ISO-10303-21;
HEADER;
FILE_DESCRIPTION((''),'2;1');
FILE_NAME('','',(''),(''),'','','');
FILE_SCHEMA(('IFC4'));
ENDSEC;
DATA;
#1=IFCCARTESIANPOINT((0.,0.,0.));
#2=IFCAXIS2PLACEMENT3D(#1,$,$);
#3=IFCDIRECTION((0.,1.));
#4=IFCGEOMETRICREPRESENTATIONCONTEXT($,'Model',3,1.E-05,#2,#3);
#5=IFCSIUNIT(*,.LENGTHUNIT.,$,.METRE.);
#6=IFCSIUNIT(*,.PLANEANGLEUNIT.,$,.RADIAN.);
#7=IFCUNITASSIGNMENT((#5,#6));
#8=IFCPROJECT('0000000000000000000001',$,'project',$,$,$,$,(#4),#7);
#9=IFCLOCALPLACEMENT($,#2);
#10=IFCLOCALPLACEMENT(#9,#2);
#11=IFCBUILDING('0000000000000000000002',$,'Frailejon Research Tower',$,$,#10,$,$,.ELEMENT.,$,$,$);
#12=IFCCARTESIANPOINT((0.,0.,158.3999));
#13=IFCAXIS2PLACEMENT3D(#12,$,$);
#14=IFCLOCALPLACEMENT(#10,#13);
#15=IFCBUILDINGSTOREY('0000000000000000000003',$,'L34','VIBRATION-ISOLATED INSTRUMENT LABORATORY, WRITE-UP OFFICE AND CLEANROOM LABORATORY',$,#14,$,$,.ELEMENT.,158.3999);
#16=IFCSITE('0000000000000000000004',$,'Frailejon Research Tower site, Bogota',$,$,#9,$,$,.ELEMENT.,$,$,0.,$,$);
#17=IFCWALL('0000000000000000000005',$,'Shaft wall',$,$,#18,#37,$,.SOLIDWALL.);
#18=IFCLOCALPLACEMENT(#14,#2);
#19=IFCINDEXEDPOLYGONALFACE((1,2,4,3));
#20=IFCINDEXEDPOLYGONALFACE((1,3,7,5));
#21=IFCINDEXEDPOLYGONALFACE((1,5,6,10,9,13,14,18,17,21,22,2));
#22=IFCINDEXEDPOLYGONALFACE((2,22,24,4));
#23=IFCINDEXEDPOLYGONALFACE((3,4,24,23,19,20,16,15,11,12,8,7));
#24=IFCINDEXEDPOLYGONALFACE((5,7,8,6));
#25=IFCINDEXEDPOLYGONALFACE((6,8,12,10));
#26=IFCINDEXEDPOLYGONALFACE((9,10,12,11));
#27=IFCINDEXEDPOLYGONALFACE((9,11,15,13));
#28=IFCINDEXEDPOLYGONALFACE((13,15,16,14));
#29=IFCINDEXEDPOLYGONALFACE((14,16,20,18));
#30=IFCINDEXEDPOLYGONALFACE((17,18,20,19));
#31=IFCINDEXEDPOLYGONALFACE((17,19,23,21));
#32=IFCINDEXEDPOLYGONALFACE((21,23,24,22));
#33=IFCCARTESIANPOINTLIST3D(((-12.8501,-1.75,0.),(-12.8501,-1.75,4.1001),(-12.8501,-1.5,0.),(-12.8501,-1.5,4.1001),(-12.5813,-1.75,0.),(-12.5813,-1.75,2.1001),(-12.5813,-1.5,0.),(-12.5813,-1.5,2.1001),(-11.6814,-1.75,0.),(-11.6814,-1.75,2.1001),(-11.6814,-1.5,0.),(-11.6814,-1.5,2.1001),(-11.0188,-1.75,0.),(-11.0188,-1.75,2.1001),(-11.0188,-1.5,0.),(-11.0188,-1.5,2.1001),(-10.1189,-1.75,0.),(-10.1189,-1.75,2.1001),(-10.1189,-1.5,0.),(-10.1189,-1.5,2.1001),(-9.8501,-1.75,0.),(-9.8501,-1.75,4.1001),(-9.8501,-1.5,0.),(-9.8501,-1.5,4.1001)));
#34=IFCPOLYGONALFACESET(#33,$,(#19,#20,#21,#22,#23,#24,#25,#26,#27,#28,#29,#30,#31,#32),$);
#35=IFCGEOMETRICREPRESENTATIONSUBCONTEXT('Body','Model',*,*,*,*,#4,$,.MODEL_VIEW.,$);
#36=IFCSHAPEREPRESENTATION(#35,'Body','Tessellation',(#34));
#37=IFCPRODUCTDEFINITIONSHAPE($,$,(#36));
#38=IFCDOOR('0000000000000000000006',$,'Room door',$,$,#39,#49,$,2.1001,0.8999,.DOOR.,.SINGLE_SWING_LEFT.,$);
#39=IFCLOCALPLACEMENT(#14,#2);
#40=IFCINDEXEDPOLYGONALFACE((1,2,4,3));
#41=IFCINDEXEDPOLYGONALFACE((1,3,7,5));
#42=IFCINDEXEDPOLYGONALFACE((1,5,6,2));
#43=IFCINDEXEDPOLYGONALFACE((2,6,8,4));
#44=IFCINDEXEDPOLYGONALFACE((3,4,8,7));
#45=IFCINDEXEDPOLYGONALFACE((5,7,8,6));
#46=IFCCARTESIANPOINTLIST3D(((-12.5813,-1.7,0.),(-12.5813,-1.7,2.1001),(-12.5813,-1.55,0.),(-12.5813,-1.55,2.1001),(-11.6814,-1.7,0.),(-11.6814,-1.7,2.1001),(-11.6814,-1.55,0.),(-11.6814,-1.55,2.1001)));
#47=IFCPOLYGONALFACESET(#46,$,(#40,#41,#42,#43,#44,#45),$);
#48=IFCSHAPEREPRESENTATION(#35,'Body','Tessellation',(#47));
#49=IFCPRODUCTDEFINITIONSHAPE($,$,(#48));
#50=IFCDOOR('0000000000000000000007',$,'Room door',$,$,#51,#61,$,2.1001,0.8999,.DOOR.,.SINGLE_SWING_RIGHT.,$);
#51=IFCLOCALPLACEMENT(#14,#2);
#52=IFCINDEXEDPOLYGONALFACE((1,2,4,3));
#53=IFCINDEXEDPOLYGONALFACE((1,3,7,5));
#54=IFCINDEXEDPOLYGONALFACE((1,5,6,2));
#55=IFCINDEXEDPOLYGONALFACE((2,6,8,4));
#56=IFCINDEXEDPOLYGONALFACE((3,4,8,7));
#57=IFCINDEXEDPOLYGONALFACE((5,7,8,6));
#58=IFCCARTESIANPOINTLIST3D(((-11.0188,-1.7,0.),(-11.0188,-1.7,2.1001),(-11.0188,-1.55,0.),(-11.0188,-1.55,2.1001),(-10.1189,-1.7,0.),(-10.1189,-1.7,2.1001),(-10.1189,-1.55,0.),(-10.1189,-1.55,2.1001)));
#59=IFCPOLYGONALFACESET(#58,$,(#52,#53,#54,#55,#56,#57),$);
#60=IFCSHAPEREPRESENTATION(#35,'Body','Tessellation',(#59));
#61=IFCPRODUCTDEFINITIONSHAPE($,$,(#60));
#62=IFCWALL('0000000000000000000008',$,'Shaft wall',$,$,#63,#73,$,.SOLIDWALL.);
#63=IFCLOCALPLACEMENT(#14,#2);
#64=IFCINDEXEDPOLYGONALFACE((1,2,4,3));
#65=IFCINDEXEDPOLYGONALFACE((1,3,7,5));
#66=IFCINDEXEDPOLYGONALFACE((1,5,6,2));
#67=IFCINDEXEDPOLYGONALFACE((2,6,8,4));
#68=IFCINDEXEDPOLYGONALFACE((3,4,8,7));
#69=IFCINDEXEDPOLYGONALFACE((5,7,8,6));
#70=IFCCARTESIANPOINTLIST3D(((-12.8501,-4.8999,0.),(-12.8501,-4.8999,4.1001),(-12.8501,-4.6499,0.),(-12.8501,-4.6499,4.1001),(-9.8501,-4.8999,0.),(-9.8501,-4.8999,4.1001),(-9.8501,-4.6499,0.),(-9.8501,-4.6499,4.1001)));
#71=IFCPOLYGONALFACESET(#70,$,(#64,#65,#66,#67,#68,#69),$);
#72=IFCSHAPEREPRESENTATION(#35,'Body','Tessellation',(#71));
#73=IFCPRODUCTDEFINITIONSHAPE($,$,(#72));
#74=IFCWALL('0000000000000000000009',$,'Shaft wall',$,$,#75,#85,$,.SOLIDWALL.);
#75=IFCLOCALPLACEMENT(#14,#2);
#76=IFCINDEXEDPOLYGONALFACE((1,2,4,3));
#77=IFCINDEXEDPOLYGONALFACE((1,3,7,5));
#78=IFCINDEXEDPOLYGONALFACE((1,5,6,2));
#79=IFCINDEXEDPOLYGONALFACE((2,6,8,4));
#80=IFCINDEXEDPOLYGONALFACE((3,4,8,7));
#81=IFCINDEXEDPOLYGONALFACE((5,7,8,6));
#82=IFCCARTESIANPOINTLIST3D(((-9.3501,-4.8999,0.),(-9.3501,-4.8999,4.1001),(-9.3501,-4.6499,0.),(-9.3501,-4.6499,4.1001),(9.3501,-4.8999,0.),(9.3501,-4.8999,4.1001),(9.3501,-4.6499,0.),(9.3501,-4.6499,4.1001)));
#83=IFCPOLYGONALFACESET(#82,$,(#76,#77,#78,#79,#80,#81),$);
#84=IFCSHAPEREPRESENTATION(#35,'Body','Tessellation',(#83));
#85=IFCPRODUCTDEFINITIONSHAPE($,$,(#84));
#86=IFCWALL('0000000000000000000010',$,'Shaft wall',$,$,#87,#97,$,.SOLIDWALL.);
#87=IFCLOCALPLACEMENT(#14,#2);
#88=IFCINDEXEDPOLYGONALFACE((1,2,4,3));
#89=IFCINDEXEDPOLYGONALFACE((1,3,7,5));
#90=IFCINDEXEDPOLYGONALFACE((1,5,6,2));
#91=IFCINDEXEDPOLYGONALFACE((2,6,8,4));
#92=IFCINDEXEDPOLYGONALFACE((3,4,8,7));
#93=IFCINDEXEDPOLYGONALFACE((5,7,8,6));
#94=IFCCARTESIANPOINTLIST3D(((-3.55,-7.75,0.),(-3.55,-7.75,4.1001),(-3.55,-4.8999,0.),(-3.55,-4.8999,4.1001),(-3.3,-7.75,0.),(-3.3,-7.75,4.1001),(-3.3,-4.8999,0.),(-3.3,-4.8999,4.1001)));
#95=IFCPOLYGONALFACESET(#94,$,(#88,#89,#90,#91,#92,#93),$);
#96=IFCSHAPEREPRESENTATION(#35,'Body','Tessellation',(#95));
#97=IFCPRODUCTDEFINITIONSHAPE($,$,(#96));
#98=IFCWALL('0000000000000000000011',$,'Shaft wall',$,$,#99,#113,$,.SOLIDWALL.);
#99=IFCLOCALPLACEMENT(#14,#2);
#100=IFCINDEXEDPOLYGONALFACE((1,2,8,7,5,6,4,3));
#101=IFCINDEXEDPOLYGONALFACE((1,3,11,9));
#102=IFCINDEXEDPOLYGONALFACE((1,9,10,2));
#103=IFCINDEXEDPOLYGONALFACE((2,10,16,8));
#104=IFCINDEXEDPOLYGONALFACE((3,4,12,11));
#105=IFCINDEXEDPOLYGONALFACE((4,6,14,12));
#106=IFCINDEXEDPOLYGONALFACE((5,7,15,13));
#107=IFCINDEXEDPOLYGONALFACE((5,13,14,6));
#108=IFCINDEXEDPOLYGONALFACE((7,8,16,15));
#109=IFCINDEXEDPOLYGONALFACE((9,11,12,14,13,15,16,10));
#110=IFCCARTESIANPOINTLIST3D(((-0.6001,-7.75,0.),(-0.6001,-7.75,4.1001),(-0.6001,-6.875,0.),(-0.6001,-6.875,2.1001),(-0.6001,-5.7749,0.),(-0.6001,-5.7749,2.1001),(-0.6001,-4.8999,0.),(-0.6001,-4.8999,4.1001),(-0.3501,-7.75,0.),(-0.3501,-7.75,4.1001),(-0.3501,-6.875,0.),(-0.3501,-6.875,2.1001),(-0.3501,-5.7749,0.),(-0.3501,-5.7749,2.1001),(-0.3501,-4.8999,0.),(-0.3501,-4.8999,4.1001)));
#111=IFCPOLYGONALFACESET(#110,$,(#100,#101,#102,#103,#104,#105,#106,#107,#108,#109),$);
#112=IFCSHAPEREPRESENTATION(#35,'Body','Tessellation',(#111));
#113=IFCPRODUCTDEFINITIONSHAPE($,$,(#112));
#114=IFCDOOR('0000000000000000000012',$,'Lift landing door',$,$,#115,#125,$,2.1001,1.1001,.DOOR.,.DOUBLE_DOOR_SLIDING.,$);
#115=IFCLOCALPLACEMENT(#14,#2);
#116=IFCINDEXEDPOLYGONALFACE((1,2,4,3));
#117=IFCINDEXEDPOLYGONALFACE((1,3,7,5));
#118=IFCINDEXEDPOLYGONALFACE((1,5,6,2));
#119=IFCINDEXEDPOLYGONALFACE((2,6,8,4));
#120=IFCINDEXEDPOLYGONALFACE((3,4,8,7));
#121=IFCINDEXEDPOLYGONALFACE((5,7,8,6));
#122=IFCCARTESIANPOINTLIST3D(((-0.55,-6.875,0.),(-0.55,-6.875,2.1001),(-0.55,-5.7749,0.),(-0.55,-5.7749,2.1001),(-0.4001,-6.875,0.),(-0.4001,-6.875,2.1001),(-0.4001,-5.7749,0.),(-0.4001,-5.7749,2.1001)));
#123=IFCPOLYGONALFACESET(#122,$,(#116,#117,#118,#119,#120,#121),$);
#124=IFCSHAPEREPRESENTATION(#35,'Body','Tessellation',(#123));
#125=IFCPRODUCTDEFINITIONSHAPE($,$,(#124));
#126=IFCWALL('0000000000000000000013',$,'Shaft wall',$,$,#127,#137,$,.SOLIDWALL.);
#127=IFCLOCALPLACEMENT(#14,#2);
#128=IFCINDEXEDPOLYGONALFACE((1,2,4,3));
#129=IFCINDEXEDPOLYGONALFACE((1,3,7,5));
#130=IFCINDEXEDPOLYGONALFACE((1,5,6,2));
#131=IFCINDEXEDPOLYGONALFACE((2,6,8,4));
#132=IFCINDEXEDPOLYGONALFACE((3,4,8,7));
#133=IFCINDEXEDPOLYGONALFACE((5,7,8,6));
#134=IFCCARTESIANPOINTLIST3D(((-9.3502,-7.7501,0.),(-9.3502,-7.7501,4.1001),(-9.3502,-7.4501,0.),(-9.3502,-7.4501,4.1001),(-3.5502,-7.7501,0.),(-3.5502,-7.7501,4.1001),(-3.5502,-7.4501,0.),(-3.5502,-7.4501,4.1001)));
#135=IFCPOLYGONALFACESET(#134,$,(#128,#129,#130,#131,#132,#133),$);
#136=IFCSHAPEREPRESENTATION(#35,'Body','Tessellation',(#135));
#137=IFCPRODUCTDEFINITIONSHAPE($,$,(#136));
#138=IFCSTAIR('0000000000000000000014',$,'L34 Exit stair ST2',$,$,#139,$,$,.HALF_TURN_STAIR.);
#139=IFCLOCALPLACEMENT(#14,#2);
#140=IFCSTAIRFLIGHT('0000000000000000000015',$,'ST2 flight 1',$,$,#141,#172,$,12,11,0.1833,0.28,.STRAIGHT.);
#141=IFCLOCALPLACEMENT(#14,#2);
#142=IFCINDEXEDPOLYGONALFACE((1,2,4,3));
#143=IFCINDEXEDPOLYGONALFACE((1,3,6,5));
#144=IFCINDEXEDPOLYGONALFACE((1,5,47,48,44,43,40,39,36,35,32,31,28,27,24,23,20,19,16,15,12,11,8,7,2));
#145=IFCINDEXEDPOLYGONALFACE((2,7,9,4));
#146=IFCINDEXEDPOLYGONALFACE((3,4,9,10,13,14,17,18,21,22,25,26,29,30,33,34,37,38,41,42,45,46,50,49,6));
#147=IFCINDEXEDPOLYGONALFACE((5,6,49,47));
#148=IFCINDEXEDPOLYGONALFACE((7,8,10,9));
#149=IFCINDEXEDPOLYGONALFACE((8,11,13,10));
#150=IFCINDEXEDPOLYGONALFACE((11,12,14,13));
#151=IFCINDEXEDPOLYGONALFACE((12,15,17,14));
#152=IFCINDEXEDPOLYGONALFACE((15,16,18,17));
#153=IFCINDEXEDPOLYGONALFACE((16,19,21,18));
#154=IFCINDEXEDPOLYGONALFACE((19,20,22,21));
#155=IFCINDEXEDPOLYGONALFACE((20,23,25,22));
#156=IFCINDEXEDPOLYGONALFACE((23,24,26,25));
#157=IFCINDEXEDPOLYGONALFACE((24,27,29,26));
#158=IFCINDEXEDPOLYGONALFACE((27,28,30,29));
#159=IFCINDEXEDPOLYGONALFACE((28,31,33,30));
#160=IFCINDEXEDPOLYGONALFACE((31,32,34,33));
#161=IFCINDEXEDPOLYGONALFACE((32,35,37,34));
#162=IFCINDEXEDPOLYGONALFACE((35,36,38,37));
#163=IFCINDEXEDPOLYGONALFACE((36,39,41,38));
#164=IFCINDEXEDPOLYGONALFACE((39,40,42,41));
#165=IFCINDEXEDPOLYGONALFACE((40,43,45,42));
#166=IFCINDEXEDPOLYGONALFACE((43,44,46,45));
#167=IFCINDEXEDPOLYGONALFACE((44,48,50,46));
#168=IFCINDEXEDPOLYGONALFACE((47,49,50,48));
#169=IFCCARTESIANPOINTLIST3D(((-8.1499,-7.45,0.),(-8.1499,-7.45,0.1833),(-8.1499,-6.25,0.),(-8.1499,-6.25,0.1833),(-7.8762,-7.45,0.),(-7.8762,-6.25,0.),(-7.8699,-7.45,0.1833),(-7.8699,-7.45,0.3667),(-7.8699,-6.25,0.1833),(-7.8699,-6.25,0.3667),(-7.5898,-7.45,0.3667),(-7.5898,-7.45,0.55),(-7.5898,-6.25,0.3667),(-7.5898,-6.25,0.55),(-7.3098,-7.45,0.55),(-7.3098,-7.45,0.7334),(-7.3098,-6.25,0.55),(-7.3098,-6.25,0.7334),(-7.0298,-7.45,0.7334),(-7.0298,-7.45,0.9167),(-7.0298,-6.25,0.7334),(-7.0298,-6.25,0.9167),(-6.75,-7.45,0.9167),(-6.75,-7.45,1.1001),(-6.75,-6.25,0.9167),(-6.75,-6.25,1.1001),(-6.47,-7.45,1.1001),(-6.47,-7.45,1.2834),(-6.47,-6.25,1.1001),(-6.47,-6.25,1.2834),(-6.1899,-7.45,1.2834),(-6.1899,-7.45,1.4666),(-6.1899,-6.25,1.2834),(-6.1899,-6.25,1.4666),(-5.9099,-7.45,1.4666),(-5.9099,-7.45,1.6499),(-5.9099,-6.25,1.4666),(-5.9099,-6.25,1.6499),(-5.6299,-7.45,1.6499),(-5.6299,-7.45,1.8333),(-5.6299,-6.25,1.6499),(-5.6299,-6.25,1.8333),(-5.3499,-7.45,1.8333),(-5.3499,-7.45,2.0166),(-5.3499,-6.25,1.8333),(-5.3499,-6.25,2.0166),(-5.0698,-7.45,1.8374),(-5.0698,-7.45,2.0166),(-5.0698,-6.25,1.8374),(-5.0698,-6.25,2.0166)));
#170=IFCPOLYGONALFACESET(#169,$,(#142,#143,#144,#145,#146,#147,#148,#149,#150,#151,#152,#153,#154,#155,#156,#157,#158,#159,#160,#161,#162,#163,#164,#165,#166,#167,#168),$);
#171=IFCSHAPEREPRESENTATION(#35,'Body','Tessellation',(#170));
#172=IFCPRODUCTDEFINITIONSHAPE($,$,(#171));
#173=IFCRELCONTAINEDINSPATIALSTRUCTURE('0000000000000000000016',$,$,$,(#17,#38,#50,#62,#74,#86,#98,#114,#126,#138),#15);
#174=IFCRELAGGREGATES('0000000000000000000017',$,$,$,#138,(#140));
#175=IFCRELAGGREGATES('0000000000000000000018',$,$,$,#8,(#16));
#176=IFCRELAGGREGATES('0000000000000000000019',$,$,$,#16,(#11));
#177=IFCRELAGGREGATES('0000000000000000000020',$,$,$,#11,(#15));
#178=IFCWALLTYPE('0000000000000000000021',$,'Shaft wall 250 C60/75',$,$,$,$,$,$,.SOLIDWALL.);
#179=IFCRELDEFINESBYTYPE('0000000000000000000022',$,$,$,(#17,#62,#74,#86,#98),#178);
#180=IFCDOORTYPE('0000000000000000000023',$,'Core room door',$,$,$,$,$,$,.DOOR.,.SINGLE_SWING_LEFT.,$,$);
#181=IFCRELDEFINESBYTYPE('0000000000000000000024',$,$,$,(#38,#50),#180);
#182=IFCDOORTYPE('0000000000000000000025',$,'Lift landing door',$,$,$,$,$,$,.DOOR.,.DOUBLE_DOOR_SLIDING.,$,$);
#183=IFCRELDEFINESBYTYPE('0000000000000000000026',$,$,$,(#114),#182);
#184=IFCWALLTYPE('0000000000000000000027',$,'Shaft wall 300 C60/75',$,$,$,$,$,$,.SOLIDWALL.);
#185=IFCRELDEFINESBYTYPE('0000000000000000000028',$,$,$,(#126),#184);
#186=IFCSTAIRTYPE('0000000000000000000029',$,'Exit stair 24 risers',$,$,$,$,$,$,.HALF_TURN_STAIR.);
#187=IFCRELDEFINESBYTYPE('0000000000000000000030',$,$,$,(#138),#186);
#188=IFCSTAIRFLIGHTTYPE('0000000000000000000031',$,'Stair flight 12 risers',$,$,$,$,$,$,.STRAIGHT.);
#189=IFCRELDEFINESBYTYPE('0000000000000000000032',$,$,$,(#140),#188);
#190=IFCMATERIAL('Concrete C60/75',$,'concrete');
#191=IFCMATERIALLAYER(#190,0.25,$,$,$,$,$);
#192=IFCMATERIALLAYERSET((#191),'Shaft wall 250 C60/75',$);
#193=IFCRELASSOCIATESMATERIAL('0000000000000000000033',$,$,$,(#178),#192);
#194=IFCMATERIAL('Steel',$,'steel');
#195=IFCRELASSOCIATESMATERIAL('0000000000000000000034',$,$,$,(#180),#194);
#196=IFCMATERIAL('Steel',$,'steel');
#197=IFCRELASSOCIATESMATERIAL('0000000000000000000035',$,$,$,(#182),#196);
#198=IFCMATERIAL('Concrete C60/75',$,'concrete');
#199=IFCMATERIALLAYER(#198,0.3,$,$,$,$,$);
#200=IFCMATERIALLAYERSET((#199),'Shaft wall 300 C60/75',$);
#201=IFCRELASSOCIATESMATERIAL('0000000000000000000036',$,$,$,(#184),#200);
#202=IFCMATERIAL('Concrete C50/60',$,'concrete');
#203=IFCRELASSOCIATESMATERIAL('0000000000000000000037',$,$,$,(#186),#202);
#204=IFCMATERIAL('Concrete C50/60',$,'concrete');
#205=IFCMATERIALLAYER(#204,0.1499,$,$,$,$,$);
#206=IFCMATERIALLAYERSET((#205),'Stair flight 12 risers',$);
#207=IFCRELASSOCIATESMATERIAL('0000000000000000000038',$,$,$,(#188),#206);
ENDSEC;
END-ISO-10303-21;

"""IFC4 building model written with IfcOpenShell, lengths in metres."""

from ifc_helpers import new_model, si_unit, direction, frame, frame_2d, origin, place, context, subcontext, project, spatial, polyline, rectangle, outline, extrude, material, layer, layer_set, type_object, element, fill, aggregate, save


model = new_model("IFC4")

# Units and contexts
model_context = context("Model", 3, precision=1e-05, world=origin(), true_north=direction((0.0, 1.0)))
body_context = subcontext(model_context, "Body", "Model", "MODEL_VIEW")
ifc_project = project(units=[si_unit("LENGTHUNIT", "METRE"), si_unit("PLANEANGLEUNIT", "RADIAN")], contexts=[model_context])

# Site, building, storey
site_placement = place(None, origin())
site = spatial("IfcSite", under=ifc_project, at=site_placement, Name="Frailejon Research Tower site, Bogota", CompositionType="ELEMENT", RefElevation=0.0)
building_placement = place(site_placement, origin())
building = spatial("IfcBuilding", under=site, at=building_placement, Name="Frailejon Research Tower", CompositionType="ELEMENT")
storey_placement = place(building_placement, frame((0.0, 0.0, 158.3999)))
storey = spatial("IfcBuildingStorey", under=building, at=storey_placement, Name="L34", Description="VIBRATION-ISOLATED INSTRUMENT LABORATORY, WRITE-UP OFFICE AND CLEANROOM LABORATORY", CompositionType="ELEMENT", Elevation=158.3999)

# Wall, openings, doors
ifc_material_1 = material(Name="Concrete C60/75", Category="concrete")
ifc_layer_1 = layer(ifc_material_1, 0.25)
ifc_layer_set_1 = layer_set([ifc_layer_1], Name="Shaft wall 250 C60/75")
wall_type_1 = type_object("IfcWallType", Name="Shaft wall 250 C60/75", PredefinedType="SOLIDWALL", material=ifc_layer_set_1)
wall_1_placement = place(storey_placement, frame((-12.8501, -1.625, 0.0), z_axis=(0.0, 0.0, 1.0), x_axis=(1.0, 0.0, 0.0)))
wall_1 = element("IfcWall", 1, at=wall_1_placement, inside=storey, type_object=wall_type_1, Name="Shaft wall", PredefinedType="SOLIDWALL", context=body_context, shape_type="SweptSolid", body=[
    extrude(rectangle(XDim=3.0, YDim=0.25, at=frame_2d((1.5, 0.0))), origin(), (0.0, 0.0, 1.0), 4.1001),
])
opening_1_placement = place(wall_1_placement, frame((0.2688, 0.0, 0.0)))
opening_1 = element("IfcOpeningElement", 2, at=opening_1_placement, cuts=wall_1, PredefinedType="OPENING", context=body_context, shape_type="SweptSolid", body=[
    extrude(rectangle(XDim=0.8999, YDim=2.1001, at=frame_2d((0.45, 1.05))), frame((0.0, 0.135, 0.0), z_axis=(0.0, -1.0, 0.0), x_axis=(1.0, 0.0, 0.0)), (0.0, 0.0, 1.0), 0.27),
])
opening_2_placement = place(wall_1_placement, frame((1.8313, 0.0, 0.0)))
opening_2 = element("IfcOpeningElement", 3, at=opening_2_placement, cuts=wall_1, PredefinedType="OPENING", context=body_context, shape_type="SweptSolid", body=[
    extrude(rectangle(XDim=0.8999, YDim=2.1001, at=frame_2d((0.45, 1.05))), frame((0.0, 0.135, 0.0), z_axis=(0.0, -1.0, 0.0), x_axis=(1.0, 0.0, 0.0)), (0.0, 0.0, 1.0), 0.27),
])
ifc_material_2 = material(Name="Steel", Category="steel")
door_type_1 = type_object("IfcDoorType", Name="Core room door", OperationType="SINGLE_SWING_LEFT", PredefinedType="DOOR", material=ifc_material_2)
door_1_placement = place(opening_1_placement, origin())
door_1 = element("IfcDoor", 4, at=door_1_placement, inside=storey, type_object=door_type_1, Name="Room door", OperationType="SINGLE_SWING_LEFT", OverallHeight=2.1001, OverallWidth=0.8999, PredefinedType="DOOR", context=body_context, shape_type="SweptSolid", body=[
    extrude(rectangle(XDim=0.8999, YDim=2.1001, at=frame_2d((0.45, 1.05))), frame((0.0, 0.075, 0.0), z_axis=(0.0, -1.0, 0.0), x_axis=(1.0, 0.0, 0.0)), (0.0, 0.0, 1.0), 0.1499),
])
fill(opening_1, door_1)
door_2_placement = place(opening_2_placement, origin())
door_2 = element("IfcDoor", 5, at=door_2_placement, inside=storey, type_object=door_type_1, Name="Room door", OperationType="SINGLE_SWING_RIGHT", OverallHeight=2.1001, OverallWidth=0.8999, PredefinedType="DOOR", context=body_context, shape_type="SweptSolid", body=[
    extrude(rectangle(XDim=0.8999, YDim=2.1001, at=frame_2d((0.45, 1.05))), frame((0.0, 0.075, 0.0), z_axis=(0.0, -1.0, 0.0), x_axis=(1.0, 0.0, 0.0)), (0.0, 0.0, 1.0), 0.1499),
])
fill(opening_2, door_2)

# Walls
wall_2_placement = place(storey_placement, frame((-12.8501, -4.7749, 0.0), z_axis=(0.0, 0.0, 1.0), x_axis=(1.0, 0.0, 0.0)))
element("IfcWall", 6, at=wall_2_placement, inside=storey, type_object=wall_type_1, Name="Shaft wall", PredefinedType="SOLIDWALL", context=body_context, shape_type="SweptSolid", body=[
    extrude(rectangle(XDim=3.0, YDim=0.25, at=frame_2d((1.5, 0.0))), origin(), (0.0, 0.0, 1.0), 4.1001),
])
wall_3_placement = place(storey_placement, frame((-9.3501, -4.7749, 0.0), z_axis=(0.0, 0.0, 1.0), x_axis=(1.0, 0.0, 0.0)))
element("IfcWall", 7, at=wall_3_placement, inside=storey, type_object=wall_type_1, Name="Shaft wall", PredefinedType="SOLIDWALL", context=body_context, shape_type="SweptSolid", body=[
    extrude(rectangle(XDim=18.7002, YDim=0.25, at=frame_2d((9.3501, 0.0))), origin(), (0.0, 0.0, 1.0), 4.1001),
])
wall_4_placement = place(storey_placement, frame((-3.425, -7.75, 0.0), z_axis=(0.0, 0.0, 1.0), x_axis=(0.0, 1.0, 0.0)))
element("IfcWall", 8, at=wall_4_placement, inside=storey, type_object=wall_type_1, Name="Shaft wall", PredefinedType="SOLIDWALL", context=body_context, shape_type="SweptSolid", body=[
    extrude(rectangle(XDim=2.8501, YDim=0.25, at=frame_2d((1.425, 0.0))), origin(), (0.0, 0.0, 1.0), 4.1001),
])

# Wall, opening, door
wall_5_placement = place(storey_placement, frame((-0.4751, -7.75, 0.0), z_axis=(0.0, 0.0, 1.0), x_axis=(0.0, 1.0, 0.0)))
wall_5 = element("IfcWall", 9, at=wall_5_placement, inside=storey, type_object=wall_type_1, Name="Shaft wall", PredefinedType="SOLIDWALL", context=body_context, shape_type="SweptSolid", body=[
    extrude(rectangle(XDim=2.8501, YDim=0.25, at=frame_2d((1.425, 0.0))), origin(), (0.0, 0.0, 1.0), 4.1001),
])
opening_3_placement = place(wall_5_placement, frame((0.875, 0.0, 0.0)))
opening_3 = element("IfcOpeningElement", 10, at=opening_3_placement, cuts=wall_5, PredefinedType="OPENING", context=body_context, shape_type="SweptSolid", body=[
    extrude(rectangle(XDim=1.1001, YDim=2.1001, at=frame_2d((0.55, 1.05))), frame((0.0, 0.135, 0.0), z_axis=(0.0, -1.0, 0.0), x_axis=(1.0, 0.0, 0.0)), (0.0, 0.0, 1.0), 0.27),
])
ifc_material_3 = material(Name="Steel", Category="steel")
door_type_2 = type_object("IfcDoorType", Name="Lift landing door", OperationType="DOUBLE_DOOR_SLIDING", PredefinedType="DOOR", material=ifc_material_3)
door_3_placement = place(opening_3_placement, origin())
door_3 = element("IfcDoor", 11, at=door_3_placement, inside=storey, type_object=door_type_2, Name="Lift landing door", OperationType="DOUBLE_DOOR_SLIDING", OverallHeight=2.1001, OverallWidth=1.1001, PredefinedType="DOOR", context=body_context, shape_type="SweptSolid", body=[
    extrude(rectangle(XDim=1.1001, YDim=2.1001, at=frame_2d((0.55, 1.05))), frame((0.0, 0.075, 0.0), z_axis=(0.0, -1.0, 0.0), x_axis=(1.0, 0.0, 0.0)), (0.0, 0.0, 1.0), 0.1499),
])
fill(opening_3, door_3)

# Wall
ifc_material_4 = material(Name="Concrete C60/75", Category="concrete")
ifc_layer_2 = layer(ifc_material_4, 0.3)
ifc_layer_set_2 = layer_set([ifc_layer_2], Name="Shaft wall 300 C60/75")
wall_type_2 = type_object("IfcWallType", Name="Shaft wall 300 C60/75", PredefinedType="SOLIDWALL", material=ifc_layer_set_2)
wall_6_placement = place(storey_placement, frame((-9.3501, -7.6001, 0.0), z_axis=(0.0, 0.0, 1.0), x_axis=(1.0, 0.0, 0.0)))
element("IfcWall", 12, at=wall_6_placement, inside=storey, type_object=wall_type_2, Name="Shaft wall", PredefinedType="SOLIDWALL", context=body_context, shape_type="SweptSolid", body=[
    extrude(rectangle(XDim=5.8, YDim=0.3, at=frame_2d((2.8999, 0.0))), origin(), (0.0, 0.0, 1.0), 4.1001),
])

# Stair, stair flight
ifc_material_5 = material(Name="Concrete C50/60", Category="concrete")
stair_type = type_object("IfcStairType", Name="Exit stair 24 risers", PredefinedType="HALF_TURN_STAIR", material=ifc_material_5)
stair_placement = place(storey_placement, origin())
stair = element("IfcStair", 13, at=stair_placement, inside=storey, type_object=stair_type, Name="L34 Exit stair ST2", PredefinedType="HALF_TURN_STAIR")
ifc_material_6 = material(Name="Concrete C50/60", Category="concrete")
ifc_layer_3 = layer(ifc_material_6, 0.1499)
ifc_layer_set_3 = layer_set([ifc_layer_3], Name="Stair flight 12 risers")
stair_flight_type = type_object("IfcStairFlightType", Name="Stair flight 12 risers", PredefinedType="STRAIGHT", material=ifc_layer_set_3)
stair_flight_1_placement = place(storey_placement, frame((-8.1499, -6.8501, 0.0), z_axis=(0.0, 0.0, 1.0), x_axis=(1.0, 0.0, 0.0)))
stair_flight_1 = element("IfcStairFlight", 14, at=stair_flight_1_placement, type_object=stair_flight_type, Name="ST2 flight 1", NumberOfRisers=12, NumberOfTreads=11, PredefinedType="STRAIGHT", RiserHeight=0.1833, TreadLength=0.28, context=body_context, shape_type="SweptSolid", body=[
    extrude(outline(polyline([(0.0, 0.0), (0.0, 0.1833), (0.28, 0.1833), (0.28, 0.3667), (0.5601, 0.3667), (0.5601, 0.55), (0.8401, 0.55), (0.8401, 0.7334), (1.1201, 0.7334), (1.1201, 0.9167), (1.3999, 0.9167), (1.3999, 1.1001), (1.6799, 1.1001), (1.6799, 1.2834), (1.96, 1.2834), (1.96, 1.4666), (2.24, 1.4666), (2.24, 1.6499), (2.52, 1.6499), (2.52, 1.8333), (2.8, 1.8333), (2.8, 2.0166), (3.0801, 2.0166), (3.0801, 2.2), (3.0801, 1.8374), (0.2737, 0.0), (0.0, 0.0)])), frame((0.0, 0.6001, 0.0), z_axis=(0.0, -1.0, 0.0), x_axis=(1.0, 0.0, 0.0)), (0.0, 0.0, 1.0), 1.2),
])
aggregate(stair, [stair_flight_1])

save(model, "model.ifc")
